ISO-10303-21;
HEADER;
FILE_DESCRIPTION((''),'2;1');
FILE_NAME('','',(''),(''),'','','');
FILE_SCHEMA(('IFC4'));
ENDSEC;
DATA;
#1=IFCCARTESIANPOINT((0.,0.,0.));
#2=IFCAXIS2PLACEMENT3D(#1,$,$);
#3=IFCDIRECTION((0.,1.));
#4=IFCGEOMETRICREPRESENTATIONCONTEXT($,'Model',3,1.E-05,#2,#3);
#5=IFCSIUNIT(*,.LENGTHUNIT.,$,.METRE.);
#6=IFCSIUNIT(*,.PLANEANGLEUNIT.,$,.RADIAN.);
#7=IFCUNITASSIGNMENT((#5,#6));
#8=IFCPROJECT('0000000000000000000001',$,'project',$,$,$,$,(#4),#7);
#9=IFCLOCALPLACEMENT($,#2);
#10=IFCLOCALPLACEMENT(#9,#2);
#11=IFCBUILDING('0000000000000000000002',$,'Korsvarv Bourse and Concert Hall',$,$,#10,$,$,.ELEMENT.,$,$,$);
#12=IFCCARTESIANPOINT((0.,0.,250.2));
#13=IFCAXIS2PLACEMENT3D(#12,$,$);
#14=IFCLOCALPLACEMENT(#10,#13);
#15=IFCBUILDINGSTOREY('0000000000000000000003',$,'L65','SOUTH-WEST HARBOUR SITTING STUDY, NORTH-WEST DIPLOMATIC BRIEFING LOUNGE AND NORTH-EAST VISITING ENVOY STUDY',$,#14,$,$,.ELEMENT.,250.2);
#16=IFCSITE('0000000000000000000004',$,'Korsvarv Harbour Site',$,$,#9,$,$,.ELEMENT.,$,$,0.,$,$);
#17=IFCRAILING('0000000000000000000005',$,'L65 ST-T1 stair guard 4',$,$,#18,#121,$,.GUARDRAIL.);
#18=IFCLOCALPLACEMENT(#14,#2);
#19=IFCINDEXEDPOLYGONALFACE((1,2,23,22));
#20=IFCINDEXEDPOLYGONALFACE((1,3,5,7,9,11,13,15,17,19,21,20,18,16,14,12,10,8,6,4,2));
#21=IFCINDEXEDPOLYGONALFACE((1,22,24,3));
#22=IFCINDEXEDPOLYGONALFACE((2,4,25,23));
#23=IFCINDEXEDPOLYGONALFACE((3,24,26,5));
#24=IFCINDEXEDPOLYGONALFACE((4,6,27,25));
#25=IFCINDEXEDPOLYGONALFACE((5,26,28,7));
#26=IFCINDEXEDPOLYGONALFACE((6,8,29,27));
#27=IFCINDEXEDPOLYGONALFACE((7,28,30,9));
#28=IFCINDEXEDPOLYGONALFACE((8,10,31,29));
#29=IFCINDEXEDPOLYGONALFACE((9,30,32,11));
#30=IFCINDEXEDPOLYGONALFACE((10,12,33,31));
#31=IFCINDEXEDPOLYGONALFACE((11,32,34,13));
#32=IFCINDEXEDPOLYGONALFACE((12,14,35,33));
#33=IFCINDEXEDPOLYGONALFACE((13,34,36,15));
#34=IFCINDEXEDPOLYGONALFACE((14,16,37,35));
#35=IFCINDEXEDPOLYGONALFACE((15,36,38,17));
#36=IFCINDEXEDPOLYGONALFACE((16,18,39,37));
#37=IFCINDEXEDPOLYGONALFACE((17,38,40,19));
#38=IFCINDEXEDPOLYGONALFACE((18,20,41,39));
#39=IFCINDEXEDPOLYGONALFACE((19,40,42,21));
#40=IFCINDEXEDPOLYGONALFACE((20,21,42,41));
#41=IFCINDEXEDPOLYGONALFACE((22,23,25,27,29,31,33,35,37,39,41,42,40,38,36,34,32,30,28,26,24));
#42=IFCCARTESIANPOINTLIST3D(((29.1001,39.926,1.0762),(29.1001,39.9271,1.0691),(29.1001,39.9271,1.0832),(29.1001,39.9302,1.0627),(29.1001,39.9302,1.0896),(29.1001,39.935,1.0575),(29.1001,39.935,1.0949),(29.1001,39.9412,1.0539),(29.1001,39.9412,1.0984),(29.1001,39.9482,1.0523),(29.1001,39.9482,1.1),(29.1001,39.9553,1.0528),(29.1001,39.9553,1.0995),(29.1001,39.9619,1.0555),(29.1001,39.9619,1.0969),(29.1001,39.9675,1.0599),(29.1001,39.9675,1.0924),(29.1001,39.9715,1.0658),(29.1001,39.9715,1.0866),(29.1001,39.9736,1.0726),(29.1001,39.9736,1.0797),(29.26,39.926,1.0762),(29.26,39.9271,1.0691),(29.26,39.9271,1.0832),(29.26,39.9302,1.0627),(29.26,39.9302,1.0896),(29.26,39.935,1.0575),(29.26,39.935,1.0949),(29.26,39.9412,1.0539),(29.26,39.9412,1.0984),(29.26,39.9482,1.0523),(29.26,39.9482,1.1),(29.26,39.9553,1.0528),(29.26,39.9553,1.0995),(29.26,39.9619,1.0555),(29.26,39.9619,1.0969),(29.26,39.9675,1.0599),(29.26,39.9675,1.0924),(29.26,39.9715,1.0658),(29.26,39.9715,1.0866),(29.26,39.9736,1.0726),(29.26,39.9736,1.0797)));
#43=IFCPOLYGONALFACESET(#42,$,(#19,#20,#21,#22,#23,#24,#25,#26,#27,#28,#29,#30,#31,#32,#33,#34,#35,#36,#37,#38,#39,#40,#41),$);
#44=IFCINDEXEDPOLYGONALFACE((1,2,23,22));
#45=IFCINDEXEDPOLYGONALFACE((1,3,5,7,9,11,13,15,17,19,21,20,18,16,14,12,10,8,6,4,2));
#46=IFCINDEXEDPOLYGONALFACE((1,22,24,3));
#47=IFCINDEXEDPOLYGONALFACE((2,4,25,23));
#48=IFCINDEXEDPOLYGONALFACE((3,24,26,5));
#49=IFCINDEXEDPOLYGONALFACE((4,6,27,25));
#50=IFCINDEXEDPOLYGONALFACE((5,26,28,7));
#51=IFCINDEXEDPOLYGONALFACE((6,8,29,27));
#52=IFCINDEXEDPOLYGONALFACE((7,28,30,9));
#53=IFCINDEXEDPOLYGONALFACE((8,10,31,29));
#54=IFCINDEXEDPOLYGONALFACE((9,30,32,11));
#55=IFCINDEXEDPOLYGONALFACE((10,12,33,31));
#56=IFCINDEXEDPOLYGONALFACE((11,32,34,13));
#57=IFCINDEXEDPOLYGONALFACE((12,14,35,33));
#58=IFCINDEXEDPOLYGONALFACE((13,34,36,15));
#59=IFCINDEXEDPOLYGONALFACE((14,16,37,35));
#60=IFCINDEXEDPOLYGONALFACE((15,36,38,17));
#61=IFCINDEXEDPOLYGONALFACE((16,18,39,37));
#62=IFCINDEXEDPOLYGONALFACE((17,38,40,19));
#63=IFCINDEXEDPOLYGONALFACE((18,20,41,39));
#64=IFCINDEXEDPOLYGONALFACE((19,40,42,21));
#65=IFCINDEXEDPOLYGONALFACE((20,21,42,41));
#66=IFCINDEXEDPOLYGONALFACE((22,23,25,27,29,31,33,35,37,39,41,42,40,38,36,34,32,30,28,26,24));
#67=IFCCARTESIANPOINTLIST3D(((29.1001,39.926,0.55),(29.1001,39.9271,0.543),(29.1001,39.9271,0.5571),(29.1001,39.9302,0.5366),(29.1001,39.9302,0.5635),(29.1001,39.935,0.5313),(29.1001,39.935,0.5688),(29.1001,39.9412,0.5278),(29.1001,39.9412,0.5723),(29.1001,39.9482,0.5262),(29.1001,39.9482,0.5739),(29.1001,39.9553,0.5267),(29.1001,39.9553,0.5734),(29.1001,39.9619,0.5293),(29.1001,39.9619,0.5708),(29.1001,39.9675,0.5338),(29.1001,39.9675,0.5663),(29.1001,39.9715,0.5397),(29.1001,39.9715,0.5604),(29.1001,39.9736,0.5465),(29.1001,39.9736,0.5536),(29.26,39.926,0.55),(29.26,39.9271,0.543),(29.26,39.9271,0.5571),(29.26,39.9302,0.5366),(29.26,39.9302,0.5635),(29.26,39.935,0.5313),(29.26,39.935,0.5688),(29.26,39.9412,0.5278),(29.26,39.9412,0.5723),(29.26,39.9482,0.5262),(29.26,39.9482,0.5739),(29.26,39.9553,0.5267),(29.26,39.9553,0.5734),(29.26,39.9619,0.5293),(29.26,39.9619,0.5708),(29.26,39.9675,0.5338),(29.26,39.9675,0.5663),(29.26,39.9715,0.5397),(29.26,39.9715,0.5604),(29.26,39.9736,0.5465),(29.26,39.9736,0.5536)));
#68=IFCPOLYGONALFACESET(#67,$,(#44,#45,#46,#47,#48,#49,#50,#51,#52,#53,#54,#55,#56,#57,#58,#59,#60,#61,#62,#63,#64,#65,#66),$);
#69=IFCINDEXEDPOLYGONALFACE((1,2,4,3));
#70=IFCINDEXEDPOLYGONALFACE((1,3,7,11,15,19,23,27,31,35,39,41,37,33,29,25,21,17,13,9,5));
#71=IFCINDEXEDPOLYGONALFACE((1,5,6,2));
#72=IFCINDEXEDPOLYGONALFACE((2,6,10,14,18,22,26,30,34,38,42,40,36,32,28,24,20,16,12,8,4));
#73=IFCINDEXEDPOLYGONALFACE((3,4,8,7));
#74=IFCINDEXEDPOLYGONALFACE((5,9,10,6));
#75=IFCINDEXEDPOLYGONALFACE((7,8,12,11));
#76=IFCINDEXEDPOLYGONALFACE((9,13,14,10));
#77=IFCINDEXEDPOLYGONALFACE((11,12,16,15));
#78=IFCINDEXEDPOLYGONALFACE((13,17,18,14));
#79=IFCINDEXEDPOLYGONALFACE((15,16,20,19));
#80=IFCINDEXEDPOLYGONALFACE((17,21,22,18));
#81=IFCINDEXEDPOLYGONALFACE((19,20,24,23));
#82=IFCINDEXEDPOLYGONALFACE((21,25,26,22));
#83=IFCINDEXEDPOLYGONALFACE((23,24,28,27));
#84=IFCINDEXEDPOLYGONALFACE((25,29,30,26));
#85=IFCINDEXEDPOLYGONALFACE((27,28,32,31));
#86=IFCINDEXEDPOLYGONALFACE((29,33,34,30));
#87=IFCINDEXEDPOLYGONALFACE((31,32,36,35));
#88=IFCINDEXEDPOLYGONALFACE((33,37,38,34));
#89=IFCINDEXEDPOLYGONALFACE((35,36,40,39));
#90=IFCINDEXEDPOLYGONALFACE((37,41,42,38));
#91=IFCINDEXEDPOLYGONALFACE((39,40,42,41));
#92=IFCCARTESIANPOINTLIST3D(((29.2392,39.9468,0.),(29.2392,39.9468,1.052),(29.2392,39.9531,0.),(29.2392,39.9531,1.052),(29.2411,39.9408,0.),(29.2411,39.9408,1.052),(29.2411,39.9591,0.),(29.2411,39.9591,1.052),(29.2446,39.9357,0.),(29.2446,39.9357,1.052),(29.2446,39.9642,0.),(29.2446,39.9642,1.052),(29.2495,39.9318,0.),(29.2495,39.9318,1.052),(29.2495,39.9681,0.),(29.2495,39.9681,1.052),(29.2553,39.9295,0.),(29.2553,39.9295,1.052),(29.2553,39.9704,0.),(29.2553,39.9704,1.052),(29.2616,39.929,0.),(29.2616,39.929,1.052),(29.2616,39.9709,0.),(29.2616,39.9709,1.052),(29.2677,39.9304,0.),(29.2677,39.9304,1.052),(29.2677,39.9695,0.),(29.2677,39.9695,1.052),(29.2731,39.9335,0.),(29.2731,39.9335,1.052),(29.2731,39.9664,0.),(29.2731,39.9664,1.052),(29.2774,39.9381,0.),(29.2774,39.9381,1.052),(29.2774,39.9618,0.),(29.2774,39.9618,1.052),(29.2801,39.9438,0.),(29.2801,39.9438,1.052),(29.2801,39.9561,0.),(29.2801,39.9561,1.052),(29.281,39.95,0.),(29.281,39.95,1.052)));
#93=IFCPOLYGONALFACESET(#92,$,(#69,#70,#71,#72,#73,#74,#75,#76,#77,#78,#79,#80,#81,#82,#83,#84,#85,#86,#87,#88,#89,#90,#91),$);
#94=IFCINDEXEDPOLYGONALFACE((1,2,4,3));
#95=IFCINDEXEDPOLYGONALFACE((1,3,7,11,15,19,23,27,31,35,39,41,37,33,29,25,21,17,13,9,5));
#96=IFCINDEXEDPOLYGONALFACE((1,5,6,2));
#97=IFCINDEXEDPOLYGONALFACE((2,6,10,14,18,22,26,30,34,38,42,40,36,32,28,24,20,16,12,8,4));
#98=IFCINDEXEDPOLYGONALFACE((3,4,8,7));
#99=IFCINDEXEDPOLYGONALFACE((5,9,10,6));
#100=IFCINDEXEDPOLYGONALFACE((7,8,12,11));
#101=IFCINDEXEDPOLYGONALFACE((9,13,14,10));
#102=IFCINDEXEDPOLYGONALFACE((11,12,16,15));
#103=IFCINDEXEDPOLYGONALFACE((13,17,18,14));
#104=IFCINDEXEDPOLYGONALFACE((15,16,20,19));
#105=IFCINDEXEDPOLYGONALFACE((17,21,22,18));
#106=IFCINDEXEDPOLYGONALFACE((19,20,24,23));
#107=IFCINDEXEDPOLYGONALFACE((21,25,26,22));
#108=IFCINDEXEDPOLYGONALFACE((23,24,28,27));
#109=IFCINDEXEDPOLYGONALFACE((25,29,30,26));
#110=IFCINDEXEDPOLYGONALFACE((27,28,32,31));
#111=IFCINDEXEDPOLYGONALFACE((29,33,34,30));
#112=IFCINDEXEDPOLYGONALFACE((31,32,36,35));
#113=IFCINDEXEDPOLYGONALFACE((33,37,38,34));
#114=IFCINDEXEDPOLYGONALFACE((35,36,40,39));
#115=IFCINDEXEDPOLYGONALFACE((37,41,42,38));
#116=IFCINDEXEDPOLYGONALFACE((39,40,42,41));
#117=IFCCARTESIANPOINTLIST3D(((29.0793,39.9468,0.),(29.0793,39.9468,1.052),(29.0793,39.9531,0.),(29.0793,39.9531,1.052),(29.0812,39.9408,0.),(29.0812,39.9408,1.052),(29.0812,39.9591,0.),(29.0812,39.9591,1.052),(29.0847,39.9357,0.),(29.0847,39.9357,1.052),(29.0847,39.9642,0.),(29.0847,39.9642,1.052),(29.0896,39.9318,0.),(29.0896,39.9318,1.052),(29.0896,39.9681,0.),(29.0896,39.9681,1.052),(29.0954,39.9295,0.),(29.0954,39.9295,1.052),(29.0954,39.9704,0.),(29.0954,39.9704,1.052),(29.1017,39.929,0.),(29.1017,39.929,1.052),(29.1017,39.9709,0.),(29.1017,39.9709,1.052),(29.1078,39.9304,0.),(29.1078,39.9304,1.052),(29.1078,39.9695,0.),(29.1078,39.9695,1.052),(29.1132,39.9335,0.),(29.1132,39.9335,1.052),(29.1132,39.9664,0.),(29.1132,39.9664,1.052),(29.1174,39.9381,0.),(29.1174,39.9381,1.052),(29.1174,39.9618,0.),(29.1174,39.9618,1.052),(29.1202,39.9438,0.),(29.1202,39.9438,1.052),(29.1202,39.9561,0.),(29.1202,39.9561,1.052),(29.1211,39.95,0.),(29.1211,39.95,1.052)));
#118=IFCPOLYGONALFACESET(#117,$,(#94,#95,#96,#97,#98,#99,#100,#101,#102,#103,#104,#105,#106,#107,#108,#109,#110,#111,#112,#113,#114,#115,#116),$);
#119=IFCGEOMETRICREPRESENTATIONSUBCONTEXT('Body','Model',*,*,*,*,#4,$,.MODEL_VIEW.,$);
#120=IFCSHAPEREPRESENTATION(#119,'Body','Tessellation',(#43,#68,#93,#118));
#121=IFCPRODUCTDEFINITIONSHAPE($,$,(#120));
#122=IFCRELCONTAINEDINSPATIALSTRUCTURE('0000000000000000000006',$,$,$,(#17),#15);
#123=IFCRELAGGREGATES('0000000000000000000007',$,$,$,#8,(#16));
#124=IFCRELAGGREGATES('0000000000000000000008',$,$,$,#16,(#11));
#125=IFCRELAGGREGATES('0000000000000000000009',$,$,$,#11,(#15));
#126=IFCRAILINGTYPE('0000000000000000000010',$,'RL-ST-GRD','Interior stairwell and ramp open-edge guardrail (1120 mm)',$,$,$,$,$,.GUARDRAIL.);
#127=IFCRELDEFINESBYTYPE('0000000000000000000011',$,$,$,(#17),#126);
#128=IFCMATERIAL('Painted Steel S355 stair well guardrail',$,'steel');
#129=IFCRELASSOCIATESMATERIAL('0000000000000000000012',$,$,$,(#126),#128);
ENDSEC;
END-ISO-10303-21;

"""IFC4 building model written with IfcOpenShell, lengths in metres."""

from ifc_helpers import new_model, si_unit, direction, frame, origin, origin_2d, place, context, subcontext, project, spatial, circle, extrude, material, type_object, element, save


model = new_model("IFC4")

# Units and contexts
model_context = context("Model", 3, precision=1e-05, world=origin(), true_north=direction((0.0, 1.0)))
body_context = subcontext(model_context, "Body", "Model", "MODEL_VIEW")
ifc_project = project(units=[si_unit("LENGTHUNIT", "METRE"), si_unit("PLANEANGLEUNIT", "RADIAN")], contexts=[model_context])

# Site, building, storey
site_placement = place(None, origin())
site = spatial("IfcSite", under=ifc_project, at=site_placement, Name="Korsvarv Harbour Site", CompositionType="ELEMENT", RefElevation=0.0)
building_placement = place(site_placement, origin())
building = spatial("IfcBuilding", under=site, at=building_placement, Name="Korsvarv Bourse and Concert Hall", CompositionType="ELEMENT")
storey_placement = place(building_placement, frame((0.0, 0.0, 250.2)))
storey = spatial("IfcBuildingStorey", under=building, at=storey_placement, Name="L65", Description="SOUTH-WEST HARBOUR SITTING STUDY, NORTH-WEST DIPLOMATIC BRIEFING LOUNGE AND NORTH-EAST VISITING ENVOY STUDY", CompositionType="ELEMENT", Elevation=250.2)

# Railing
ifc_material_1 = material(Name="Painted Steel S355 stair well guardrail", Category="steel")
railing_type_1 = type_object("IfcRailingType", Name="RL-ST-GRD", Description="Interior stairwell and ramp open-edge guardrail (1120 mm)", PredefinedType="GUARDRAIL", material=ifc_material_1)
railing_1_placement = place(storey_placement, frame((29.26, 39.95, 0.0)))
element("IfcRailing", 1, at=railing_1_placement, inside=storey, type_object=railing_type_1, Name="L65 ST-T1 stair guard 4", PredefinedType="GUARDRAIL", context=body_context, shape_type="SweptSolid", body=[
    extrude(circle(Radius=0.0239, at=origin_2d()), frame((0.0, 0.0, 1.0762), z_axis=(-1.0, 0.0, 0.0), x_axis=(0.0, -1.0, 0.0)), (0.0, 0.0, 1.0), 0.1599),
    extrude(circle(Radius=0.0239, at=origin_2d()), frame((0.0, 0.0, 0.55), z_axis=(-1.0, 0.0, 0.0), x_axis=(0.0, -1.0, 0.0)), (0.0, 0.0, 1.0), 0.1599),
    extrude(circle(Radius=0.021, at=origin_2d()), origin(), (0.0, 0.0, 1.0), 1.052),
    extrude(circle(Radius=0.021, at=origin_2d()), frame((-0.1599, 0.0, 0.0)), (0.0, 0.0, 1.0), 1.052),
])

save(model, "model.ifc")
